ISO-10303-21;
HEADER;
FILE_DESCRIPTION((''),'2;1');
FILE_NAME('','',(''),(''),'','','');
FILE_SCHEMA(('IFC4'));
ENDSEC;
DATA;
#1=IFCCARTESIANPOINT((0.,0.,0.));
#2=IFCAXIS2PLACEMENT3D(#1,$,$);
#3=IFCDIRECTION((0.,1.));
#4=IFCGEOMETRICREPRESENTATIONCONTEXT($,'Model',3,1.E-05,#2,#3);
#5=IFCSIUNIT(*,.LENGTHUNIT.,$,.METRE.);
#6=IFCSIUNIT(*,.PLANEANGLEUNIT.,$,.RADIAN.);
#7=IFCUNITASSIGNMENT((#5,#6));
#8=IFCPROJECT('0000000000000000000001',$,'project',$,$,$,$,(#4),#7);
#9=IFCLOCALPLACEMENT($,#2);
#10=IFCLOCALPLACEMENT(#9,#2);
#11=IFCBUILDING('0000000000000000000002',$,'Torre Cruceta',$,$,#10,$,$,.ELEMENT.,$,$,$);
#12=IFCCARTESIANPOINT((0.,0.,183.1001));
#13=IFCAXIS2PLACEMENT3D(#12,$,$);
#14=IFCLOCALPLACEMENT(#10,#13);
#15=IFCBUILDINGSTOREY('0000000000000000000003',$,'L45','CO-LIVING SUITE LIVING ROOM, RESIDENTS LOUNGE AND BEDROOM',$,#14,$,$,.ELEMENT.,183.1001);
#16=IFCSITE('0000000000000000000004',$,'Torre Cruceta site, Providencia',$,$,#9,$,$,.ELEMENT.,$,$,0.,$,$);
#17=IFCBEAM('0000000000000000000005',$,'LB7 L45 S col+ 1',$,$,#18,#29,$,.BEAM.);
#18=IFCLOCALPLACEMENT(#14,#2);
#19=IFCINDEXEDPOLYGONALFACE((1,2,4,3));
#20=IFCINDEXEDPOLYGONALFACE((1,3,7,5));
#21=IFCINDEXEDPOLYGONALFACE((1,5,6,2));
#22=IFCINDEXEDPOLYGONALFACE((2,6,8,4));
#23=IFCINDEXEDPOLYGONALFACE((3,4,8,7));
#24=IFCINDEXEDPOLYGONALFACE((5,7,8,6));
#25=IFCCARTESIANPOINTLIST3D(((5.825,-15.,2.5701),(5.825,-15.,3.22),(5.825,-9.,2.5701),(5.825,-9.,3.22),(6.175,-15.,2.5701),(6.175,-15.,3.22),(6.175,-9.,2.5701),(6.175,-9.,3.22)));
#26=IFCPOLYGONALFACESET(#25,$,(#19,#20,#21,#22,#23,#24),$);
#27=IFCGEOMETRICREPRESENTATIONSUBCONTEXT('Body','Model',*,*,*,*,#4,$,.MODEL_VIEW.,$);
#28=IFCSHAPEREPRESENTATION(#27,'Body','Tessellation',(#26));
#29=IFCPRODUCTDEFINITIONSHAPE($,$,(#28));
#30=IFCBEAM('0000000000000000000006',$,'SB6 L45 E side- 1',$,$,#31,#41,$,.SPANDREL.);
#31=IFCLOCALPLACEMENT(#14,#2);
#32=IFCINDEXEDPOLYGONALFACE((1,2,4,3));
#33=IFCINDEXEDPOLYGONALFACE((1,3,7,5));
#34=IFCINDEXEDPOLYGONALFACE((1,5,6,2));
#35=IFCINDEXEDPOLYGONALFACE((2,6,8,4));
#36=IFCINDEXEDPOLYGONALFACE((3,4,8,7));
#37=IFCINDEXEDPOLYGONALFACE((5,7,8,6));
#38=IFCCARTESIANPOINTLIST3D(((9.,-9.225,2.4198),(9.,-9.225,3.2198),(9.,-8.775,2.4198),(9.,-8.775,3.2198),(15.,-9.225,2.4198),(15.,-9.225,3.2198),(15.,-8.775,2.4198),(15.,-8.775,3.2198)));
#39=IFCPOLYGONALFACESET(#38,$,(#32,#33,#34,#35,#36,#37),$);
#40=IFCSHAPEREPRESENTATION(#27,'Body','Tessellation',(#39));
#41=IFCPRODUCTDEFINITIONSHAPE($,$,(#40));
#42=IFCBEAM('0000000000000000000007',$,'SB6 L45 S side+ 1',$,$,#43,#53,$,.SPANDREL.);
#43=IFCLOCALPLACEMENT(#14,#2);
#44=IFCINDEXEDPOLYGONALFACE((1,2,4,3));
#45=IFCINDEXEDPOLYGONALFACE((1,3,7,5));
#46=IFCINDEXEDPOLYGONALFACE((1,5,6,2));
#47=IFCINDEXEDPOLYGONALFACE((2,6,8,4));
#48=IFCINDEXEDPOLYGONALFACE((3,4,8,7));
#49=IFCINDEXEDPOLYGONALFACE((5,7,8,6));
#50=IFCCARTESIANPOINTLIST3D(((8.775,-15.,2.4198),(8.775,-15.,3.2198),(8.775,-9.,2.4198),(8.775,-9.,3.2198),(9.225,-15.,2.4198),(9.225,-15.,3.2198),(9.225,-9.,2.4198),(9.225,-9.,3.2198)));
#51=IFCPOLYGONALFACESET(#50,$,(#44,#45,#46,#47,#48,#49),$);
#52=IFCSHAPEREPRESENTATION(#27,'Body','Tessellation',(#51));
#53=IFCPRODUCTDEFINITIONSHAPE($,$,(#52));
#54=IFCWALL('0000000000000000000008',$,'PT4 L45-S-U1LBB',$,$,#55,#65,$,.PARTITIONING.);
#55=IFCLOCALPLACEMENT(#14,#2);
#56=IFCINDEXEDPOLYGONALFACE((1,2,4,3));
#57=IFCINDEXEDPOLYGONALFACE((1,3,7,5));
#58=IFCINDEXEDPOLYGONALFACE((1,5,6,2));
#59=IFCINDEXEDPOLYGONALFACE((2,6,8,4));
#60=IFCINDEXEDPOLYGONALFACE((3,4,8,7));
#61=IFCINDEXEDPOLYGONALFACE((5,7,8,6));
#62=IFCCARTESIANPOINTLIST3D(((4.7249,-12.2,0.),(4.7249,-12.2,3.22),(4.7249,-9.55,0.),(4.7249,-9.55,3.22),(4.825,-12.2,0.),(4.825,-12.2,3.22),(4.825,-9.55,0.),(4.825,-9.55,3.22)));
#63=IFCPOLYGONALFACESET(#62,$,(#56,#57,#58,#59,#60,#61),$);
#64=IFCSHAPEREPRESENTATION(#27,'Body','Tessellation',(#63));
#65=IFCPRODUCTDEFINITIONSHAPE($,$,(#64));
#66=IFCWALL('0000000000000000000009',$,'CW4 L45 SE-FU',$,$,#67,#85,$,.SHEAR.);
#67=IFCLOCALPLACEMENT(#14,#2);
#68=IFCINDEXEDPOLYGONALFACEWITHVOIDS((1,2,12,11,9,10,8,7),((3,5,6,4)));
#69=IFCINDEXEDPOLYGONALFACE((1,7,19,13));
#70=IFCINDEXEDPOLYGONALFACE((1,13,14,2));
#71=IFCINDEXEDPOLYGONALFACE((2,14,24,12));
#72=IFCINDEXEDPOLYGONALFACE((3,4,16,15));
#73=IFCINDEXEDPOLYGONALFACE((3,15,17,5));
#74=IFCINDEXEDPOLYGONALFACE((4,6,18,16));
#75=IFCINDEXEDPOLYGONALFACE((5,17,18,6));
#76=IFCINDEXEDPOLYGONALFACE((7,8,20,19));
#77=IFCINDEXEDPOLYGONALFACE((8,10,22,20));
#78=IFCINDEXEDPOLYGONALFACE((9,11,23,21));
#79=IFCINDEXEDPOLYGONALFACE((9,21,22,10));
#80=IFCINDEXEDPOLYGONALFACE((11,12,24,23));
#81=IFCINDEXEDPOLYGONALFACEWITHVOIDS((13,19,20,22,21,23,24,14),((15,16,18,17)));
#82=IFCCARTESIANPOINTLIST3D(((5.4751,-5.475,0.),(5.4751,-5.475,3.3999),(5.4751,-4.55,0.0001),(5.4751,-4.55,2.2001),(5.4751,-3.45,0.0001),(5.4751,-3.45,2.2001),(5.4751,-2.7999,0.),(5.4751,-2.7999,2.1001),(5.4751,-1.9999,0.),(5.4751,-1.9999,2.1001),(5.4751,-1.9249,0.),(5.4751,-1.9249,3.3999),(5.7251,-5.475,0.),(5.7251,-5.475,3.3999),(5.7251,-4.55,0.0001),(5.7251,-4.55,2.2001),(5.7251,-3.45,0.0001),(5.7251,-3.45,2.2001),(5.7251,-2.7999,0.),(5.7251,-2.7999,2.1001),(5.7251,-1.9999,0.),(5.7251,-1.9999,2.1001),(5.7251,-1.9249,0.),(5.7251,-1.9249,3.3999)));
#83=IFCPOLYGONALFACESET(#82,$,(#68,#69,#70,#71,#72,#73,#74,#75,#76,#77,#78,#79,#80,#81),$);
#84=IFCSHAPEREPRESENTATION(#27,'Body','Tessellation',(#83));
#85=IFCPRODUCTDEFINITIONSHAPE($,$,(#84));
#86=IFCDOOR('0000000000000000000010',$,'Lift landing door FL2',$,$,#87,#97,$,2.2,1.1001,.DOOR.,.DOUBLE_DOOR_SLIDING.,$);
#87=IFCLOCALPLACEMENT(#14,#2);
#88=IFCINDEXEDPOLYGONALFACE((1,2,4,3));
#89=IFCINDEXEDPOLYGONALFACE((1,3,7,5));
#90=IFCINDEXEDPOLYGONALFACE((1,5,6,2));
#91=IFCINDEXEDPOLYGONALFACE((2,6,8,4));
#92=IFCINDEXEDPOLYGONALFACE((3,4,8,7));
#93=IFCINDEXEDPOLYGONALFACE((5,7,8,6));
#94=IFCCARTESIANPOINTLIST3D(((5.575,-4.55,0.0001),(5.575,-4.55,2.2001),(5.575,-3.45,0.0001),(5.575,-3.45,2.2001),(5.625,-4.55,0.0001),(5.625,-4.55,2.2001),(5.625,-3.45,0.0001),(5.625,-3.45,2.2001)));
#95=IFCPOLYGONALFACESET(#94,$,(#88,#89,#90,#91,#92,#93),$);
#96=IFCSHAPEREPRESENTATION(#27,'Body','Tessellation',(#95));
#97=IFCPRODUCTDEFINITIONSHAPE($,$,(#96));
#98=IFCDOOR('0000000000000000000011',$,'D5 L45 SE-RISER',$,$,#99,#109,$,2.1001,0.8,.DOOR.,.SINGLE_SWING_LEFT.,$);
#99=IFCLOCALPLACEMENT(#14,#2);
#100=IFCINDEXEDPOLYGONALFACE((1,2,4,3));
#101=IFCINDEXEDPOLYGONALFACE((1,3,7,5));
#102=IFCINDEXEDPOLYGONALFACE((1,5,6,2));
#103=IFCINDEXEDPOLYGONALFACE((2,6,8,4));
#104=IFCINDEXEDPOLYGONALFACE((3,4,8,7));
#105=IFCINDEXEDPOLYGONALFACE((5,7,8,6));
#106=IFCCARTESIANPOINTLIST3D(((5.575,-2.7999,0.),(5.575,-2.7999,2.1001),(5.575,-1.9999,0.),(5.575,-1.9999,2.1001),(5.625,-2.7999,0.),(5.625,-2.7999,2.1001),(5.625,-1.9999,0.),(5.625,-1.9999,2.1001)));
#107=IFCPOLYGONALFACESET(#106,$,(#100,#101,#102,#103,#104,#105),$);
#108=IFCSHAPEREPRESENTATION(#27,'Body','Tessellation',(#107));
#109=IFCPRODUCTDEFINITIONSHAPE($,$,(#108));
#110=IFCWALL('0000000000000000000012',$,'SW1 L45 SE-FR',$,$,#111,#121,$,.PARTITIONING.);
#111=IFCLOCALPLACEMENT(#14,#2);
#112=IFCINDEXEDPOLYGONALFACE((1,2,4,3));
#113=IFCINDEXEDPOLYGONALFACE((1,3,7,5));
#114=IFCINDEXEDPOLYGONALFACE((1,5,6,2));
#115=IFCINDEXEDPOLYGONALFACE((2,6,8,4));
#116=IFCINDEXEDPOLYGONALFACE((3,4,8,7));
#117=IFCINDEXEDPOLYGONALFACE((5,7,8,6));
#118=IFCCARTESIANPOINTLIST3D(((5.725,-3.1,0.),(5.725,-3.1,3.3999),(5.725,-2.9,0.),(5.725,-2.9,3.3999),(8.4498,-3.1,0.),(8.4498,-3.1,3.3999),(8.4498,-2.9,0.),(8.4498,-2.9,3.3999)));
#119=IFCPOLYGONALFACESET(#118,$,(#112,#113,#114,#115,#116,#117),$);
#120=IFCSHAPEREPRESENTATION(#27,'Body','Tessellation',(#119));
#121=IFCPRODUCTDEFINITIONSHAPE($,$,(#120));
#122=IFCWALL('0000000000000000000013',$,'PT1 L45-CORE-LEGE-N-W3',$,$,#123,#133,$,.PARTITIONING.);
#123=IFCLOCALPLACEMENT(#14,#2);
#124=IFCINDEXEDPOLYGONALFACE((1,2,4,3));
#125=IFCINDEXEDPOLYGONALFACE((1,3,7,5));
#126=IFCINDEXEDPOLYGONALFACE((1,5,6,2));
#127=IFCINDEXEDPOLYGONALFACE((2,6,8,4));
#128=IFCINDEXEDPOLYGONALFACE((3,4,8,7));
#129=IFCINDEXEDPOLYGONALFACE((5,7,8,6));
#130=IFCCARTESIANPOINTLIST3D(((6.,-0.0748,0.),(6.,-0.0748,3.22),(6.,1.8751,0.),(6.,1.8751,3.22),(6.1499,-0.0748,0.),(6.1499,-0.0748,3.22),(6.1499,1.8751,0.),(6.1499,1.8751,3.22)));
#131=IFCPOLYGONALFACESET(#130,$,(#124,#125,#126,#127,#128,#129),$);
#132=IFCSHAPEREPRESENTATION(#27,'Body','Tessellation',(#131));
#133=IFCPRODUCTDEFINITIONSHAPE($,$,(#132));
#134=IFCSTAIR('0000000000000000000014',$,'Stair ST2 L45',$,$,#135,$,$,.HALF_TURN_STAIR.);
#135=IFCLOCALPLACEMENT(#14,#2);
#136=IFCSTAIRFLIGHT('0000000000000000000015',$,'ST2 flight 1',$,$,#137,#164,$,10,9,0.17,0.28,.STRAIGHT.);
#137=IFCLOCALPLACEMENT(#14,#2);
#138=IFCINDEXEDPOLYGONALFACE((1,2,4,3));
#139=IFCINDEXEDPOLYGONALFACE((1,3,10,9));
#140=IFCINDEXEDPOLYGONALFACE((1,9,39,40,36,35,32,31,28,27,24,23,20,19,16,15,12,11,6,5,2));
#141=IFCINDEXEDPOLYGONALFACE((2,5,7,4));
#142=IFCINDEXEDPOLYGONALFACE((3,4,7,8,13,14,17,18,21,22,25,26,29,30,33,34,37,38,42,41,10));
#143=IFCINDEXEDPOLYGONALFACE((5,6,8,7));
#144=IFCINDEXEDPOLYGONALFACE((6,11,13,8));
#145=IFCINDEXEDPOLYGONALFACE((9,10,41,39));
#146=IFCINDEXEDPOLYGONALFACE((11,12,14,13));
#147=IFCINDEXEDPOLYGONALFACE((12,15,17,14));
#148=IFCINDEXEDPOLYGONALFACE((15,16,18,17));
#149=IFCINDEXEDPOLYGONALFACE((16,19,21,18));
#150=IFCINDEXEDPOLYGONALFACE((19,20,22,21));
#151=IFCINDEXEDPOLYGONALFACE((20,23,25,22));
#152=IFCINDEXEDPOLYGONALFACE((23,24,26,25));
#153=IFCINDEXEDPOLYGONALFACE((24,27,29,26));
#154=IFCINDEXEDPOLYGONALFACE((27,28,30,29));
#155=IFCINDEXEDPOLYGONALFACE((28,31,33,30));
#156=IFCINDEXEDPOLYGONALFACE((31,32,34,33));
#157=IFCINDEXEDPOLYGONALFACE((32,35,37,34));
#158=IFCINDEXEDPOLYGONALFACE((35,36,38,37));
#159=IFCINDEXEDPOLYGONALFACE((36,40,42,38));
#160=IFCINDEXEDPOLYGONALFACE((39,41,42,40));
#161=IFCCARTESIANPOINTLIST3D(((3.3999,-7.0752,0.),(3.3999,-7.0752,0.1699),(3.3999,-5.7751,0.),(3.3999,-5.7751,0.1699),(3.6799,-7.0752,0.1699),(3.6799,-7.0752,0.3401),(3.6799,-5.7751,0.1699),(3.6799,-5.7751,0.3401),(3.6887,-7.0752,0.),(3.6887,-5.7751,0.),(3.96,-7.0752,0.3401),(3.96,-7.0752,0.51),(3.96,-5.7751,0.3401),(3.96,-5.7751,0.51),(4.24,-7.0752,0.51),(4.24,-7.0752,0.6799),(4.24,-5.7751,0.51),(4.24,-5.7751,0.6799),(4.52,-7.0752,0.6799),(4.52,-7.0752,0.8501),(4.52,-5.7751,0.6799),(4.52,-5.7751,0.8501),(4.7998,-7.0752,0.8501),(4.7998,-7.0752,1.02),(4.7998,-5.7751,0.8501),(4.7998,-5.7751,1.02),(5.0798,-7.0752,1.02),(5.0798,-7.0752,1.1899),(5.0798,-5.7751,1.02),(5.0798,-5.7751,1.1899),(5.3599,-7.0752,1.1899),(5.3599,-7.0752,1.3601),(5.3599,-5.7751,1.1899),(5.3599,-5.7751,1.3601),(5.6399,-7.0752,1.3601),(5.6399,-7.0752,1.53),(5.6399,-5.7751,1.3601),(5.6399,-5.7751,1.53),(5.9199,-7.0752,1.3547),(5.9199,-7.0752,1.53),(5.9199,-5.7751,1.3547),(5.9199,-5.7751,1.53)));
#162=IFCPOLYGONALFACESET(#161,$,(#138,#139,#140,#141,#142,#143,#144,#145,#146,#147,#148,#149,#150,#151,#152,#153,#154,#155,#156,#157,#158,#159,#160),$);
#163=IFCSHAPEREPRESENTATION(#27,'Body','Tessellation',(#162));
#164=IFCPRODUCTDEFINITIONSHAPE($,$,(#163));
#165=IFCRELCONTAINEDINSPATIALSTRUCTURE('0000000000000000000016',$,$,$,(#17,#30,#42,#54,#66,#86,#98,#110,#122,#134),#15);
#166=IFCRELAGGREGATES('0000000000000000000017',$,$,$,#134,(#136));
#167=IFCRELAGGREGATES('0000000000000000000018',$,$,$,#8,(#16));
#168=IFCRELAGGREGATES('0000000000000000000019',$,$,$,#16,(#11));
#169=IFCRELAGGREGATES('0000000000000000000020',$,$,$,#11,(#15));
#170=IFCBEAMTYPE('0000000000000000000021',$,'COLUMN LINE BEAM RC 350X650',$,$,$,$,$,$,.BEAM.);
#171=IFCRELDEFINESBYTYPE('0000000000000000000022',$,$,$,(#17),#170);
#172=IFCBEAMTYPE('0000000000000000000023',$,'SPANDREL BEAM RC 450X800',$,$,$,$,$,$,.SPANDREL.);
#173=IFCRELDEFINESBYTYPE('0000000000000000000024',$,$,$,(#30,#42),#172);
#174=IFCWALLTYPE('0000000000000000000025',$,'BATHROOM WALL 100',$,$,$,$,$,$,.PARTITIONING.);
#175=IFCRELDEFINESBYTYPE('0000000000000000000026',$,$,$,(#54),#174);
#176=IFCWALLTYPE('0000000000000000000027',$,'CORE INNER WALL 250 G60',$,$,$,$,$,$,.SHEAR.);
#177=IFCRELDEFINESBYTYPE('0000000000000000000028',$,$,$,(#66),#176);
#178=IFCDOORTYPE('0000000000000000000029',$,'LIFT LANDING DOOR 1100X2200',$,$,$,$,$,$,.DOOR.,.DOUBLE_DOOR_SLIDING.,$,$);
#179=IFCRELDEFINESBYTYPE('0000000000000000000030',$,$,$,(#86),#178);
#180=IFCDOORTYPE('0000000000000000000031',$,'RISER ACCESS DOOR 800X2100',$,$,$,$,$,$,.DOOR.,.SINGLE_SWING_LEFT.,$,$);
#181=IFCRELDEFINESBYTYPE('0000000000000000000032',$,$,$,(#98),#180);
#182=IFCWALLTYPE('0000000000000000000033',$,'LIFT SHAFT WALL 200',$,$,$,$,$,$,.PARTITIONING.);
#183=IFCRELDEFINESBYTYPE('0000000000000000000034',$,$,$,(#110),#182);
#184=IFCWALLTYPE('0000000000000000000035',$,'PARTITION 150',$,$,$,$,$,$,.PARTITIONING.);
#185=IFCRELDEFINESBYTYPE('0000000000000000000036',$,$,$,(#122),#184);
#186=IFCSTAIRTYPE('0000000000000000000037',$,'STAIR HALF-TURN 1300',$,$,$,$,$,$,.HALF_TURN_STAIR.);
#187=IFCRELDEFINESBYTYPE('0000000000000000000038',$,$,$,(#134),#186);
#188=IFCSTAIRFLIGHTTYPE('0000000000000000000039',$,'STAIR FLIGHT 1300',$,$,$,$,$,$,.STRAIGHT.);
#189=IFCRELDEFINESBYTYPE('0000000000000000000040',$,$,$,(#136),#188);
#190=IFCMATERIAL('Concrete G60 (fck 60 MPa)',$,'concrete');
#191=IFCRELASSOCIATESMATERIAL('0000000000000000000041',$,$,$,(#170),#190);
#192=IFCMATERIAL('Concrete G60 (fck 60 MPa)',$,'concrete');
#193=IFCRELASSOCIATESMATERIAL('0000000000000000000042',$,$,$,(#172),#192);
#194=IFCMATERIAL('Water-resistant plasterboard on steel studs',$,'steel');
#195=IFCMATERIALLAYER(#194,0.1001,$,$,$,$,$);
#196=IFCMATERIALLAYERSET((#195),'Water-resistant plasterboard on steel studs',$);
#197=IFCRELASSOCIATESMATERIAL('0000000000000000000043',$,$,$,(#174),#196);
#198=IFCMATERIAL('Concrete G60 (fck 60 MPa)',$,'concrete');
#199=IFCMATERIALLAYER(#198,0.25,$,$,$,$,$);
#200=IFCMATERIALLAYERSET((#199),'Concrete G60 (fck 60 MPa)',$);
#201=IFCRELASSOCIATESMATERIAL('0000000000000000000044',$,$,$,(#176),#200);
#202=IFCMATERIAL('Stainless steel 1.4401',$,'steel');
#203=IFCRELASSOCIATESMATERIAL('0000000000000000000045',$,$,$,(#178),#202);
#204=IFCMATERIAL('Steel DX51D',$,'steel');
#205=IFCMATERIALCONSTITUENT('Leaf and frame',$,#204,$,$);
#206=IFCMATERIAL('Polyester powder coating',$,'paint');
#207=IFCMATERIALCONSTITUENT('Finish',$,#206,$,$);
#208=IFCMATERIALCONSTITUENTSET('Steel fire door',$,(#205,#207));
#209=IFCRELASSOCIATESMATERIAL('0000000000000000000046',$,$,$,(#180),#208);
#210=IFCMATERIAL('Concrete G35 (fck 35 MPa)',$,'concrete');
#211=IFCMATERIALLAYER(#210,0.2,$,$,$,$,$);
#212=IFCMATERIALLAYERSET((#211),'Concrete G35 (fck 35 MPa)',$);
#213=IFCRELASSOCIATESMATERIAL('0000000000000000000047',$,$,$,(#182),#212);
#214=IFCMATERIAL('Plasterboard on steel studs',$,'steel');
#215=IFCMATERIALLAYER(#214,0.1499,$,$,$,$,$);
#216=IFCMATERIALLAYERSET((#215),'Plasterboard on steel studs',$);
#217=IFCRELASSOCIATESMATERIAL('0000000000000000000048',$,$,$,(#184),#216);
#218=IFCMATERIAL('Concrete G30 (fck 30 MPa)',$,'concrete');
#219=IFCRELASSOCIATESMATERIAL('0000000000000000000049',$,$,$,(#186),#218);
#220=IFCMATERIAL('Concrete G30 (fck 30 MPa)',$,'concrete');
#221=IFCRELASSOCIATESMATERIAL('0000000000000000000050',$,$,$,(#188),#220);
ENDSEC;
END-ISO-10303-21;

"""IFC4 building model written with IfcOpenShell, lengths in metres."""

from ifc_helpers import new_model, si_unit, direction, frame, frame_2d, origin, origin_2d, place, context, subcontext, project, spatial, polyline, rectangle, outline, extrude, material, layer, layer_set, constituent, constituent_set, material_profile, profile_set, type_object, element, fill, aggregate, save


model = new_model("IFC4")

# Units and contexts
model_context = context("Model", 3, precision=1e-05, world=origin(), true_north=direction((0.0, 1.0)))
body_context = subcontext(model_context, "Body", "Model", "MODEL_VIEW")
ifc_project = project(units=[si_unit("LENGTHUNIT", "METRE"), si_unit("PLANEANGLEUNIT", "RADIAN")], contexts=[model_context])

# Site, building, storey
site_placement = place(None, origin())
site = spatial("IfcSite", under=ifc_project, at=site_placement, Name="Torre Cruceta site, Providencia", CompositionType="ELEMENT", RefElevation=0.0)
building_placement = place(site_placement, origin())
building = spatial("IfcBuilding", under=site, at=building_placement, Name="Torre Cruceta", CompositionType="ELEMENT")
storey_placement = place(building_placement, frame((0.0, 0.0, 183.1001)))
storey = spatial("IfcBuildingStorey", under=building, at=storey_placement, Name="L45", Description="CO-LIVING SUITE LIVING ROOM, RESIDENTS LOUNGE AND BEDROOM", CompositionType="ELEMENT", Elevation=183.1001)

# Beams
ifc_material_1 = material(Name="Concrete G60 (fck 60 MPa)", Category="concrete")
ifc_material_profile_1 = material_profile(ifc_material_1, rectangle(XDim=0.3501, YDim=0.6499, at=origin_2d()), Name="RC 350X650")
ifc_profile_set_1 = profile_set([ifc_material_profile_1], Name="Concrete G60 (fck 60 MPa)")
beam_type_1 = type_object("IfcBeamType", Name="COLUMN LINE BEAM RC 350X650", PredefinedType="BEAM", material=ifc_profile_set_1)
beam_placement = place(storey_placement, frame((6.0, -9.0, 2.895), z_axis=(0.0, -1.0, 0.0), x_axis=(1.0, 0.0, 0.0)))
element("IfcBeam", 1, at=beam_placement, inside=storey, type_object=beam_type_1, Name="LB7 L45 S col+ 1", PredefinedType="BEAM", context=body_context, shape_type="SweptSolid", body=[
    extrude(rectangle(XDim=0.3501, YDim=0.6499, at=origin_2d()), origin(), (0.0, 0.0, 1.0), 6.0),
])
ifc_material_2 = material(Name="Concrete G60 (fck 60 MPa)", Category="concrete")
ifc_material_profile_2 = material_profile(ifc_material_2, rectangle(XDim=0.45, YDim=0.8, at=origin_2d()), Name="RC 450X800")
ifc_profile_set_2 = profile_set([ifc_material_profile_2], Name="Concrete G60 (fck 60 MPa)")
beam_type_2 = type_object("IfcBeamType", Name="SPANDREL BEAM RC 450X800", PredefinedType="SPANDREL", material=ifc_profile_set_2)
for number, where, z_axis, x_axis, name in (
    (2, (9.0, -9.0, 2.8198), (1.0, 0.0, 0.0), (0.0, 1.0, 0.0), "SB6 L45 E side- 1"),
    (3, (9.0, -9.0, 2.8198), (0.0, -1.0, 0.0), (1.0, 0.0, 0.0), "SB6 L45 S side+ 1"),
):
    element("IfcBeam", number, at=place(storey_placement, frame(where, z_axis=z_axis, x_axis=x_axis)), inside=storey, type_object=beam_type_2, Name=name, PredefinedType="SPANDREL", context=body_context, shape_type="SweptSolid", body=[
        extrude(rectangle(XDim=0.45, YDim=0.8, at=origin_2d()), origin(), (0.0, 0.0, 1.0), 6.0),
    ])

# Wall
ifc_material_3 = material(Name="Water-resistant plasterboard on steel studs", Category="steel")
ifc_layer_1 = layer(ifc_material_3, 0.1001)
ifc_layer_set_1 = layer_set([ifc_layer_1], Name="Water-resistant plasterboard on steel studs")
wall_type_1 = type_object("IfcWallType", Name="BATHROOM WALL 100", PredefinedType="PARTITIONING", material=ifc_layer_set_1)
wall_1_placement = place(storey_placement, frame((4.7749, -9.55, 0.0), z_axis=(0.0, 0.0, 1.0), x_axis=(0.0, -1.0, 0.0)))
element("IfcWall", 4, at=wall_1_placement, inside=storey, type_object=wall_type_1, Name="PT4 L45-S-U1LBB", PredefinedType="PARTITIONING", context=body_context, shape_type="SweptSolid", body=[
    extrude(rectangle(XDim=2.6499, YDim=0.1001, at=frame_2d((1.325, 0.0))), origin(), (0.0, 0.0, 1.0), 3.22),
])

# Wall, openings, doors
ifc_material_4 = material(Name="Concrete G60 (fck 60 MPa)", Category="concrete")
ifc_layer_2 = layer(ifc_material_4, 0.25)
ifc_layer_set_2 = layer_set([ifc_layer_2], Name="Concrete G60 (fck 60 MPa)")
wall_type_2 = type_object("IfcWallType", Name="CORE INNER WALL 250 G60", PredefinedType="SHEAR", material=ifc_layer_set_2)
wall_2_placement = place(storey_placement, frame((5.6001, -1.925, 0.0), z_axis=(0.0, 0.0, 1.0), x_axis=(0.0, -1.0, 0.0)))
wall_2 = element("IfcWall", 5, at=wall_2_placement, inside=storey, type_object=wall_type_2, Name="CW4 L45 SE-FU", PredefinedType="SHEAR", context=body_context, shape_type="SweptSolid", body=[
    extrude(rectangle(XDim=3.55, YDim=0.25, at=frame_2d((1.7749, 0.0))), origin(), (0.0, 0.0, 1.0), 3.3999),
])
opening_1_placement = place(wall_2_placement, frame((1.5249, 0.0, 0.0)))
opening_1 = element("IfcOpeningElement", 6, at=opening_1_placement, cuts=wall_2, PredefinedType="OPENING", context=body_context, shape_type="SweptSolid", body=[
    extrude(rectangle(XDim=1.1001, YDim=2.2, at=frame_2d((0.55, 1.1001))), frame((0.0, 0.135, 0.0), z_axis=(0.0, -1.0, 0.0), x_axis=(1.0, 0.0, 0.0)), (0.0, 0.0, 1.0), 0.27),
])
opening_2_placement = place(wall_2_placement, frame((0.075, 0.0, 0.0)))
opening_2 = element("IfcOpeningElement", 7, at=opening_2_placement, cuts=wall_2, PredefinedType="OPENING", context=body_context, shape_type="SweptSolid", body=[
    extrude(rectangle(XDim=0.8, YDim=2.1001, at=frame_2d((0.3999, 1.05))), frame((0.0, 0.135, 0.0), z_axis=(0.0, -1.0, 0.0), x_axis=(1.0, 0.0, 0.0)), (0.0, 0.0, 1.0), 0.27),
])
ifc_material_5 = material(Name="Stainless steel 1.4401", Category="steel")
door_type_1 = type_object("IfcDoorType", Name="LIFT LANDING DOOR 1100X2200", OperationType="DOUBLE_DOOR_SLIDING", PredefinedType="DOOR", material=ifc_material_5)
door_1_placement = place(opening_1_placement, origin())
door_1 = element("IfcDoor", 8, at=door_1_placement, inside=storey, type_object=door_type_1, Name="Lift landing door FL2", OperationType="DOUBLE_DOOR_SLIDING", OverallHeight=2.2, OverallWidth=1.1001, PredefinedType="DOOR", context=body_context, shape_type="SweptSolid", body=[
    extrude(rectangle(XDim=1.1001, YDim=2.2, at=frame_2d((0.55, 1.1001))), frame((0.0, 0.0249, 0.0), z_axis=(0.0, -1.0, 0.0), x_axis=(1.0, 0.0, 0.0)), (0.0, 0.0, 1.0), 0.05),
])
fill(opening_1, door_1)
ifc_material_6 = material(Name="Steel DX51D", Category="steel")
ifc_constituent_1 = constituent(ifc_material_6, Name="Leaf and frame")
ifc_material_7 = material(Name="Polyester powder coating", Category="paint")
ifc_constituent_2 = constituent(ifc_material_7, Name="Finish")
ifc_constituent_set_1 = constituent_set(constituents=[ifc_constituent_1, ifc_constituent_2], Name="Steel fire door")
door_type_2 = type_object("IfcDoorType", Name="RISER ACCESS DOOR 800X2100", OperationType="SINGLE_SWING_LEFT", PredefinedType="DOOR", material=ifc_constituent_set_1)
door_2_placement = place(opening_2_placement, origin())
door_2 = element("IfcDoor", 9, at=door_2_placement, inside=storey, type_object=door_type_2, Name="D5 L45 SE-RISER", OperationType="SINGLE_SWING_LEFT", OverallHeight=2.1001, OverallWidth=0.8, PredefinedType="DOOR", context=body_context, shape_type="SweptSolid", body=[
    extrude(rectangle(XDim=0.8, YDim=2.1001, at=frame_2d((0.3999, 1.05))), frame((0.0, 0.0249, 0.0), z_axis=(0.0, -1.0, 0.0), x_axis=(1.0, 0.0, 0.0)), (0.0, 0.0, 1.0), 0.05),
])
fill(opening_2, door_2)

# Walls
ifc_material_8 = material(Name="Concrete G35 (fck 35 MPa)", Category="concrete")
ifc_layer_3 = layer(ifc_material_8, 0.2)
ifc_layer_set_3 = layer_set([ifc_layer_3], Name="Concrete G35 (fck 35 MPa)")
wall_type_3 = type_object("IfcWallType", Name="LIFT SHAFT WALL 200", PredefinedType="PARTITIONING", material=ifc_layer_set_3)
wall_3_placement = place(storey_placement, frame((5.7251, -3.0, 0.0), z_axis=(0.0, 0.0, 1.0), x_axis=(1.0, 0.0, 0.0)))
element("IfcWall", 10, at=wall_3_placement, inside=storey, type_object=wall_type_3, Name="SW1 L45 SE-FR", PredefinedType="PARTITIONING", context=body_context, shape_type="SweptSolid", body=[
    extrude(rectangle(XDim=2.7249, YDim=0.2, at=frame_2d((1.3623, 0.0))), origin(), (0.0, 0.0, 1.0), 3.3999),
])
ifc_material_9 = material(Name="Plasterboard on steel studs", Category="steel")
ifc_layer_4 = layer(ifc_material_9, 0.1499)
ifc_layer_set_4 = layer_set([ifc_layer_4], Name="Plasterboard on steel studs")
wall_type_4 = type_object("IfcWallType", Name="PARTITION 150", PredefinedType="PARTITIONING", material=ifc_layer_set_4)
wall_4_placement = place(storey_placement, frame((6.075, -0.075, 0.0), z_axis=(0.0, 0.0, 1.0), x_axis=(0.0, 1.0, 0.0)))
element("IfcWall", 11, at=wall_4_placement, inside=storey, type_object=wall_type_4, Name="PT1 L45-CORE-LEGE-N-W3", PredefinedType="PARTITIONING", context=body_context, shape_type="SweptSolid", body=[
    extrude(rectangle(XDim=1.95, YDim=0.1499, at=frame_2d((0.9751, 0.0))), origin(), (0.0, 0.0, 1.0), 3.22),
])

# Stair, stair flight
ifc_material_10 = material(Name="Concrete G30 (fck 30 MPa)", Category="concrete")
stair_type = type_object("IfcStairType", Name="STAIR HALF-TURN 1300", PredefinedType="HALF_TURN_STAIR", material=ifc_material_10)
stair_placement = place(storey_placement, origin())
stair = element("IfcStair", 12, at=stair_placement, inside=storey, type_object=stair_type, Name="Stair ST2 L45", PredefinedType="HALF_TURN_STAIR")
ifc_material_11 = material(Name="Concrete G30 (fck 30 MPa)", Category="concrete")
stair_flight_type = type_object("IfcStairFlightType", Name="STAIR FLIGHT 1300", PredefinedType="STRAIGHT", material=ifc_material_11)
stair_flight_1_placement = place(storey_placement, frame((3.3999, -6.425, 0.0), z_axis=(0.0, 0.0, 1.0), x_axis=(1.0, 0.0, 0.0)))
stair_flight_1 = element("IfcStairFlight", 13, at=stair_flight_1_placement, type_object=stair_flight_type, Name="ST2 flight 1", NumberOfRisers=10, NumberOfTreads=9, PredefinedType="STRAIGHT", RiserHeight=0.17, TreadLength=0.28, context=body_context, shape_type="SweptSolid", body=[
    extrude(outline(polyline([(0.0, 0.0), (0.0, 0.1699), (0.28, 0.1699), (0.28, 0.3401), (0.5601, 0.3401), (0.5601, 0.51), (0.8401, 0.51), (0.8401, 0.6799), (1.1201, 0.6799), (1.1201, 0.8501), (1.3999, 0.8501), (1.3999, 1.02), (1.6799, 1.02), (1.6799, 1.1899), (1.96, 1.1899), (1.96, 1.3601), (2.24, 1.3601), (2.24, 1.53), (2.52, 1.53), (2.52, 1.7), (2.52, 1.3547), (0.2888, 0.0), (0.0, 0.0)])), frame((0.0, 0.6499, 0.0), z_axis=(0.0, -1.0, 0.0), x_axis=(1.0, 0.0, 0.0)), (0.0, 0.0, 1.0), 1.3),
])
aggregate(stair, [stair_flight_1])

save(model, "model.ifc")
